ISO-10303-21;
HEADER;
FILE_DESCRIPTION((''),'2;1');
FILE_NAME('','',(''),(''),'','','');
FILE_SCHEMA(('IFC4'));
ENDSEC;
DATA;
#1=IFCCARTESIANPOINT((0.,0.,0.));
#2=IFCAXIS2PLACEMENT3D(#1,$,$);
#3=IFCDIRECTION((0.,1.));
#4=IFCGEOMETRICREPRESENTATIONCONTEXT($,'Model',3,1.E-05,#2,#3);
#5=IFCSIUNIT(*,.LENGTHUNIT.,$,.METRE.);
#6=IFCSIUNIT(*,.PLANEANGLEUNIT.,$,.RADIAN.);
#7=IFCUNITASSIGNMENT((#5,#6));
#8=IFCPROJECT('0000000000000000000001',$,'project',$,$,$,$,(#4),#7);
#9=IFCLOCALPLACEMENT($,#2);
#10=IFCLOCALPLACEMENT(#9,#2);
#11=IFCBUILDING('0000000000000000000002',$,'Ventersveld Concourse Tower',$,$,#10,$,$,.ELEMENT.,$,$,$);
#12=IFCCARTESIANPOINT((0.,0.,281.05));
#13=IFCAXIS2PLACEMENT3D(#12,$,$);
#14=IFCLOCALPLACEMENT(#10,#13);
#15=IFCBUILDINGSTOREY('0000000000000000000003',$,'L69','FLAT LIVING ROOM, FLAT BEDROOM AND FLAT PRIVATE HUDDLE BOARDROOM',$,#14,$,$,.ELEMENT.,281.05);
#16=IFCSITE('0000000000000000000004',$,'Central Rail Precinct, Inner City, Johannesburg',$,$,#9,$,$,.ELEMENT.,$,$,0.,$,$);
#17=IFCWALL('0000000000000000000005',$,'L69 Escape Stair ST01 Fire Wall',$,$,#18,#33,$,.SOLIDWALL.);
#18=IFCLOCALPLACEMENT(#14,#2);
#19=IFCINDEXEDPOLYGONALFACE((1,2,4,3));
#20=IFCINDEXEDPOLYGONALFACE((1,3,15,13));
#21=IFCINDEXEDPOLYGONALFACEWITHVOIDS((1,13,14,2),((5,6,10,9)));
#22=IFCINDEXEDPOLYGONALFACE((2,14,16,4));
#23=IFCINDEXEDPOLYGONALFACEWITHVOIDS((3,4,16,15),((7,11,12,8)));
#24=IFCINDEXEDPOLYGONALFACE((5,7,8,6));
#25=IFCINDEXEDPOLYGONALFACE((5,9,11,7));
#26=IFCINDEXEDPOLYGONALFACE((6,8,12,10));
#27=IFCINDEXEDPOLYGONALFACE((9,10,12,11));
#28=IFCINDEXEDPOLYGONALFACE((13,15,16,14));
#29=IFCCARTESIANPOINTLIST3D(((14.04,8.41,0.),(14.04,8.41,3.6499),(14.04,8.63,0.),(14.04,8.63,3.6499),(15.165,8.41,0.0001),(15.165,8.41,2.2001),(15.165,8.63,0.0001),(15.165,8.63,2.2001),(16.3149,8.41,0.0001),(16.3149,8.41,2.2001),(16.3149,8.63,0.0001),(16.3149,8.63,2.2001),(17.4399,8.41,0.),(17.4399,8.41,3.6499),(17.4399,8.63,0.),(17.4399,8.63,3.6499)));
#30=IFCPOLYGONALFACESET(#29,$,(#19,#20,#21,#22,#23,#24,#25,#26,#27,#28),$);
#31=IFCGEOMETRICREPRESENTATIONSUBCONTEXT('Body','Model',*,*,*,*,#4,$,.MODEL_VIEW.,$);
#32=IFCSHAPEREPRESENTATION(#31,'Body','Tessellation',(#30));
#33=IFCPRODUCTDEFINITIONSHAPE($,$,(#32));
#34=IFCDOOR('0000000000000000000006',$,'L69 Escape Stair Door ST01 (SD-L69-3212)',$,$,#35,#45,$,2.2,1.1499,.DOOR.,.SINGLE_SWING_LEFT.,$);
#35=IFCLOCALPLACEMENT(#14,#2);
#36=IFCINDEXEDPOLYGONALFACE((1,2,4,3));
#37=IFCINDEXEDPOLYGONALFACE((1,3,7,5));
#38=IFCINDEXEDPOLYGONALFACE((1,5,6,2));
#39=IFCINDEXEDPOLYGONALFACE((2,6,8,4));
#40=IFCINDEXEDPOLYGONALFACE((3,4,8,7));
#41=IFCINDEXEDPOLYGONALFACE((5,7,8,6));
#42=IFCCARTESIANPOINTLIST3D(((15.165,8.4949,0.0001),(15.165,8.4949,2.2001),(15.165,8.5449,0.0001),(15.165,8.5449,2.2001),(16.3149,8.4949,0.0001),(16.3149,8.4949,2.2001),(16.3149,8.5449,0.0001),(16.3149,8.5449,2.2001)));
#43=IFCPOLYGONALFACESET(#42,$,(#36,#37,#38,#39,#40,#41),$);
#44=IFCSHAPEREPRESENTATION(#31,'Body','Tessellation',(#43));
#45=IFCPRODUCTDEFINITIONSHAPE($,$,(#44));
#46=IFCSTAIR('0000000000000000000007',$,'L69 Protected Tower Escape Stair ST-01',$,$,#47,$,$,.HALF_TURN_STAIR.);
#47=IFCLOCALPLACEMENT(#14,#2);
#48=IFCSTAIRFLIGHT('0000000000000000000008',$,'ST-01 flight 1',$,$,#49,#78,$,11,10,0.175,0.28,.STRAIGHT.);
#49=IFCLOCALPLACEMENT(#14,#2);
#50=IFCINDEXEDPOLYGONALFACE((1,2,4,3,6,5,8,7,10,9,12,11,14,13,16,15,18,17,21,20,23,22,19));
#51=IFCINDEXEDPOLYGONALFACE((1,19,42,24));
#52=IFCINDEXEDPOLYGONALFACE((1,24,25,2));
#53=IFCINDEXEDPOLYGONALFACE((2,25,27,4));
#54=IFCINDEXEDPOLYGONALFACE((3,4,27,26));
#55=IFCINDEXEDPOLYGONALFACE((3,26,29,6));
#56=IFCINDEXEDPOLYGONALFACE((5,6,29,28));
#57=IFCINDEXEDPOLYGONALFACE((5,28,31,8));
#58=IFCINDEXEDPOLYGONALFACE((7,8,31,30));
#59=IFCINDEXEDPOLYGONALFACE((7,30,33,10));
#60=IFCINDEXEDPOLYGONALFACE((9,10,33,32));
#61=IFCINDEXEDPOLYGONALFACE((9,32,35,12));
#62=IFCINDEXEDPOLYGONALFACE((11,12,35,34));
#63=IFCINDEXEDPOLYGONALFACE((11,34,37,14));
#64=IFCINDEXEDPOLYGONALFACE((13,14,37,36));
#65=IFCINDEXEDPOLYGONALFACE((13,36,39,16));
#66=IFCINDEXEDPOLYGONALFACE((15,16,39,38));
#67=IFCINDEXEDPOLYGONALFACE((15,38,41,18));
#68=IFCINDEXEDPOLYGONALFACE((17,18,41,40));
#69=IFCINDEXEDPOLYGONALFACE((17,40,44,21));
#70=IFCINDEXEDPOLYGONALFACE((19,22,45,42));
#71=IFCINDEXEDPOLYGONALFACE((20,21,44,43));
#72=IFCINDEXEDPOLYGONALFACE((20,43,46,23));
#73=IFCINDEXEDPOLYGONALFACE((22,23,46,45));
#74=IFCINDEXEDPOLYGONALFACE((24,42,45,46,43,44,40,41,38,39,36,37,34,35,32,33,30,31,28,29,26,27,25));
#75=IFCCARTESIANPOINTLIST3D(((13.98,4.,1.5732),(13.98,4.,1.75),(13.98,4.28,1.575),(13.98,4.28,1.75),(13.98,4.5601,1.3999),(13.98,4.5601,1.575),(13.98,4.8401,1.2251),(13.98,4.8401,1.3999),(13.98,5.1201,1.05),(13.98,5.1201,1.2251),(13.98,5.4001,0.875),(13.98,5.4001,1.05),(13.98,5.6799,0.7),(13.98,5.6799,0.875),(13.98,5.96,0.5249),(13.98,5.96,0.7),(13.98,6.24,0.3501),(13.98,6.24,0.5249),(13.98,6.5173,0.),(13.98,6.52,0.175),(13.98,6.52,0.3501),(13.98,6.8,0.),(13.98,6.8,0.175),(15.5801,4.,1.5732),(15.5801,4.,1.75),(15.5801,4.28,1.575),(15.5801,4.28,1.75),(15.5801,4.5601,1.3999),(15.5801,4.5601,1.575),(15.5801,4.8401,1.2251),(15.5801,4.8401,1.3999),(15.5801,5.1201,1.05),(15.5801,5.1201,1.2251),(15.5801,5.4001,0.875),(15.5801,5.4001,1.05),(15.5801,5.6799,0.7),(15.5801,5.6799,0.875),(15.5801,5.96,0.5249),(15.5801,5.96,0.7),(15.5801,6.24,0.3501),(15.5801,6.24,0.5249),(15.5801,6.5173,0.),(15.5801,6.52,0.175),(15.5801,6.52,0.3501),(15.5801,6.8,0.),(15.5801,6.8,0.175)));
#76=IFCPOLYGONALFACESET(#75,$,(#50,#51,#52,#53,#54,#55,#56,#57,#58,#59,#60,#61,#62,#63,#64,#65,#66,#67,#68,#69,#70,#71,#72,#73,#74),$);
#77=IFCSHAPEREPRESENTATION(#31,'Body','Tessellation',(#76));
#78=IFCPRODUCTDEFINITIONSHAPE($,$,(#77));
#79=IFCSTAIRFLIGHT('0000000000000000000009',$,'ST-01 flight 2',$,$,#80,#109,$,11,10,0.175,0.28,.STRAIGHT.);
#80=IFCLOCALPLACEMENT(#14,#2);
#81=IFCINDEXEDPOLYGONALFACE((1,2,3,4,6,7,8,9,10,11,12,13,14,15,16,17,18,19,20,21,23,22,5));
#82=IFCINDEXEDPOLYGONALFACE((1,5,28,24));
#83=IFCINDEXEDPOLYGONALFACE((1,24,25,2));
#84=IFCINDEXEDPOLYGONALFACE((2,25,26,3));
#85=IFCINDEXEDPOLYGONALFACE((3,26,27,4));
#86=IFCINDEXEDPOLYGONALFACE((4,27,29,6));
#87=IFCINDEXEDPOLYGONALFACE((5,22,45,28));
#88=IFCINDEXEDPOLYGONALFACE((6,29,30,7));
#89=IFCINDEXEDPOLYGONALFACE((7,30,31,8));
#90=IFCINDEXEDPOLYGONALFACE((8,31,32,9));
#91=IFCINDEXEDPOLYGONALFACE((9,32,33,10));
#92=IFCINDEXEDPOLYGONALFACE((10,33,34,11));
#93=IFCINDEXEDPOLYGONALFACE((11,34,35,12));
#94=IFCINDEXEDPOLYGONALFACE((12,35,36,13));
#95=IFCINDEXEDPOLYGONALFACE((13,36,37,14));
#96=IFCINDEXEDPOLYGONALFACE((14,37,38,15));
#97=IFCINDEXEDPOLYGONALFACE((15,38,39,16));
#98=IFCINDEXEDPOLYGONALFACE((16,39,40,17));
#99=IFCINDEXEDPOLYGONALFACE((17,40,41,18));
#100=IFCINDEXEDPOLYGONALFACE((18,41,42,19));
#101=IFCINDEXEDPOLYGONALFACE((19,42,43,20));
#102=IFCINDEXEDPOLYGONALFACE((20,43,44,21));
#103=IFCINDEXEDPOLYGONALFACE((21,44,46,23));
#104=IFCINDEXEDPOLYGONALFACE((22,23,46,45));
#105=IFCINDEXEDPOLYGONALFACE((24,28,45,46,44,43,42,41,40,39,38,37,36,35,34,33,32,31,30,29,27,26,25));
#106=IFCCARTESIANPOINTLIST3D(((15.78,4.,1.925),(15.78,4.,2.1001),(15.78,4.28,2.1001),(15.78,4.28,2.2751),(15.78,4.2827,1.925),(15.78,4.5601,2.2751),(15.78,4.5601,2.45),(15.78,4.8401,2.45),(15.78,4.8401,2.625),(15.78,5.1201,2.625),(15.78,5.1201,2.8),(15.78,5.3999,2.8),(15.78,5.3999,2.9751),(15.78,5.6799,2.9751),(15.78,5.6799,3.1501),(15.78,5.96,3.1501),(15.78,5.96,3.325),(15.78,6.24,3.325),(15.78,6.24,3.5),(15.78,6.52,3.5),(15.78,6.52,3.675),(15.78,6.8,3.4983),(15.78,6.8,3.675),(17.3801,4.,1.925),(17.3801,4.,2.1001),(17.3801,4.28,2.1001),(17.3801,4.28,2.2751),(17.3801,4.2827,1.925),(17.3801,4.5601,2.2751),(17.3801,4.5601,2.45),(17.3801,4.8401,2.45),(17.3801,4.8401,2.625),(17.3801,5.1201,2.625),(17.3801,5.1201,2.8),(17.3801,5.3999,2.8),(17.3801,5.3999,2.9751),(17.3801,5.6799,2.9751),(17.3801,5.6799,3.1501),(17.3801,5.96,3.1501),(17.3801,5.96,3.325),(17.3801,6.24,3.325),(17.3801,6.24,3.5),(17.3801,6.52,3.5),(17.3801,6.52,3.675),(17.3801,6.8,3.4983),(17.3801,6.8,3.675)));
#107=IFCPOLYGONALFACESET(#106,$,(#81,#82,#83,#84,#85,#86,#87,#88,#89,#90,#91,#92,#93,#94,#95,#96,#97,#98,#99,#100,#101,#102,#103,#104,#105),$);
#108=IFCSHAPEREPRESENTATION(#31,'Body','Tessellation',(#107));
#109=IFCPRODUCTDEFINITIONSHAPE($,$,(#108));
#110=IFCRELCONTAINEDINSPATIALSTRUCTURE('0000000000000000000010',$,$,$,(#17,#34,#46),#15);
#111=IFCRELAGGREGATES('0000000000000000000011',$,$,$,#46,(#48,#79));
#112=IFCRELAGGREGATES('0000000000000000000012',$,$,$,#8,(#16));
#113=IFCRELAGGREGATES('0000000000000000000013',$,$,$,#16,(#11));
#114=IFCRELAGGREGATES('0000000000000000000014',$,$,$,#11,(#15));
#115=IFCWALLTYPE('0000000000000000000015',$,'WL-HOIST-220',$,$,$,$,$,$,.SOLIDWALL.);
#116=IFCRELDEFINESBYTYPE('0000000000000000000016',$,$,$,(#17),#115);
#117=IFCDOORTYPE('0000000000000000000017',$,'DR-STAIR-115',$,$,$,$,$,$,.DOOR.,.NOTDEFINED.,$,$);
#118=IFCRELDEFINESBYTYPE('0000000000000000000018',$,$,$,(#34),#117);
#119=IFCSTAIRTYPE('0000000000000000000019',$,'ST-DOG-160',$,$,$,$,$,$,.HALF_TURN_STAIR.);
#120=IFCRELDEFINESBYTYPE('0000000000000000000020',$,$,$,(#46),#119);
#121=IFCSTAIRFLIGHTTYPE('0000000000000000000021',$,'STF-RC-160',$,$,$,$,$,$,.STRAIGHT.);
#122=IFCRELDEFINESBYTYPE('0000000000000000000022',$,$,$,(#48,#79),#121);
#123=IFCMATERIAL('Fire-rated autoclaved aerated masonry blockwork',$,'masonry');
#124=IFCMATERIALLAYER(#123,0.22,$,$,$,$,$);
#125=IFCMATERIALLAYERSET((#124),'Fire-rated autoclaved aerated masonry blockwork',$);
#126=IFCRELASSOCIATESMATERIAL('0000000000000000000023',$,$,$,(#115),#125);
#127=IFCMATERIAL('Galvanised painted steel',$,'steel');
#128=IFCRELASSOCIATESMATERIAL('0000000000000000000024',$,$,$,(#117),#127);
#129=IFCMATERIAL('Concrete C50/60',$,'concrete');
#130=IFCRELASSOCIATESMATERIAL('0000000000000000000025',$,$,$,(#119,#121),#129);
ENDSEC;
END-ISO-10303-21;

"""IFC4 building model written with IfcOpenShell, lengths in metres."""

from ifc_helpers import new_model, si_unit, direction, frame, frame_2d, origin, place, context, subcontext, project, spatial, polyline, rectangle, outline, extrude, material, layer, layer_set, type_object, element, fill, aggregate, save


model = new_model("IFC4")

# Units and contexts
model_context = context("Model", 3, precision=1e-05, world=origin(), true_north=direction((0.0, 1.0)))
body_context = subcontext(model_context, "Body", "Model", "MODEL_VIEW")
ifc_project = project(units=[si_unit("LENGTHUNIT", "METRE"), si_unit("PLANEANGLEUNIT", "RADIAN")], contexts=[model_context])

# Site, building, storey
site_placement = place(None, origin())
site = spatial("IfcSite", under=ifc_project, at=site_placement, Name="Central Rail Precinct, Inner City, Johannesburg", CompositionType="ELEMENT", RefElevation=0.0)
building_placement = place(site_placement, origin())
building = spatial("IfcBuilding", under=site, at=building_placement, Name="Ventersveld Concourse Tower", CompositionType="ELEMENT")
storey_placement = place(building_placement, frame((0.0, 0.0, 281.05)))
storey = spatial("IfcBuildingStorey", under=building, at=storey_placement, Name="L69", Description="FLAT LIVING ROOM, FLAT BEDROOM AND FLAT PRIVATE HUDDLE BOARDROOM", CompositionType="ELEMENT", Elevation=281.05)

# Shared definitions
ifc_material_1 = material(Name="Concrete C50/60", Category="concrete")

# Shared definitions
ifc_material_2 = material(Name="Fire-rated autoclaved aerated masonry blockwork", Category="masonry")
ifc_layer_1 = layer(ifc_material_2, 0.22)
ifc_layer_set_1 = layer_set([ifc_layer_1], Name="Fire-rated autoclaved aerated masonry blockwork")
wall_type_1 = type_object("IfcWallType", Name="WL-HOIST-220", PredefinedType="SOLIDWALL", material=ifc_layer_set_1)

# Wall, opening, door
wall_1_placement = place(storey_placement, frame((14.04, 8.52, 0.0), z_axis=(0.0, 0.0, 1.0), x_axis=(1.0, 0.0, 0.0)))
wall_1 = element("IfcWall", 1, at=wall_1_placement, inside=storey, type_object=wall_type_1, Name="L69 Escape Stair ST01 Fire Wall", PredefinedType="SOLIDWALL", context=body_context, shape_type="SweptSolid", body=[
    extrude(rectangle(XDim=3.3999, YDim=0.22, at=frame_2d((1.7, 0.0))), origin(), (0.0, 0.0, 1.0), 3.6499),
])
opening_1_placement = place(wall_1_placement, frame((1.125, 0.0, 0.0)))
opening_1 = element("IfcOpeningElement", 2, at=opening_1_placement, cuts=wall_1, PredefinedType="OPENING", context=body_context, shape_type="SweptSolid", body=[
    extrude(rectangle(XDim=1.1499, YDim=2.2, at=frame_2d((0.575, 1.1001))), frame((0.0, 0.1201, 0.0), z_axis=(0.0, -1.0, 0.0), x_axis=(1.0, 0.0, 0.0)), (0.0, 0.0, 1.0), 0.24),
])
ifc_material_3 = material(Name="Galvanised painted steel", Category="steel")
door_type_1 = type_object("IfcDoorType", Name="DR-STAIR-115", OperationType="NOTDEFINED", PredefinedType="DOOR", material=ifc_material_3)
door_1_placement = place(opening_1_placement, origin())
door_1 = element("IfcDoor", 3, at=door_1_placement, inside=storey, type_object=door_type_1, Name="L69 Escape Stair Door ST01 (SD-L69-3212)", OperationType="SINGLE_SWING_LEFT", OverallHeight=2.2, OverallWidth=1.1499, PredefinedType="DOOR", context=body_context, shape_type="SweptSolid", body=[
    extrude(rectangle(XDim=1.1499, YDim=2.2, at=frame_2d((0.575, 1.1001))), frame((0.0, 0.0249, 0.0), z_axis=(0.0, -1.0, 0.0), x_axis=(1.0, 0.0, 0.0)), (0.0, 0.0, 1.0), 0.05),
])
fill(opening_1, door_1)

# Stair, stair flights
stair_type = type_object("IfcStairType", Name="ST-DOG-160", PredefinedType="HALF_TURN_STAIR", material=ifc_material_1)
stair_placement = place(storey_placement, origin())
stair = element("IfcStair", 4, at=stair_placement, inside=storey, type_object=stair_type, Name="L69 Protected Tower Escape Stair ST-01", PredefinedType="HALF_TURN_STAIR")
stair_flight_type = type_object("IfcStairFlightType", Name="STF-RC-160", PredefinedType="STRAIGHT", material=ifc_material_1)
stair_flight_1_placement = place(storey_placement, frame((14.78, 6.8, 0.0), z_axis=(0.0, 0.0, 1.0), x_axis=(0.0, -1.0, 0.0)))
stair_flight_1 = element("IfcStairFlight", 5, at=stair_flight_1_placement, type_object=stair_flight_type, Name="ST-01 flight 1", NumberOfRisers=11, NumberOfTreads=10, PredefinedType="STRAIGHT", RiserHeight=0.175, TreadLength=0.28, context=body_context, shape_type="SweptSolid", body=[
    extrude(outline(polyline([(0.0, 0.0), (0.0, 0.175), (0.28, 0.175), (0.28, 0.3501), (0.5601, 0.3501), (0.5601, 0.5249), (0.8401, 0.5249), (0.8401, 0.7), (1.1201, 0.7), (1.1201, 0.875), (1.3999, 0.875), (1.3999, 1.05), (1.6799, 1.05), (1.6799, 1.2251), (1.96, 1.2251), (1.96, 1.3999), (2.24, 1.3999), (2.24, 1.575), (2.52, 1.575), (2.52, 1.75), (2.8, 1.75), (2.8, 1.925), (2.8, 1.5732), (0.2827, 0.0), (0.0, 0.0)])), frame((0.0, 0.8, 0.0), z_axis=(0.0, -1.0, 0.0), x_axis=(1.0, 0.0, 0.0)), (0.0, 0.0, 1.0), 1.6001),
])
stair_flight_2_placement = place(storey_placement, frame((16.5801, 4.0, 1.925), z_axis=(0.0, 0.0, 1.0), x_axis=(0.0, 1.0, 0.0)))
stair_flight_2 = element("IfcStairFlight", 6, at=stair_flight_2_placement, type_object=stair_flight_type, Name="ST-01 flight 2", NumberOfRisers=11, NumberOfTreads=10, PredefinedType="STRAIGHT", RiserHeight=0.175, TreadLength=0.28, context=body_context, shape_type="SweptSolid", body=[
    extrude(outline(polyline([(0.0, 0.0), (0.0, 0.175), (0.28, 0.175), (0.28, 0.3501), (0.5601, 0.3501), (0.5601, 0.5249), (0.8401, 0.5249), (0.8401, 0.7), (1.1201, 0.7), (1.1201, 0.875), (1.3999, 0.875), (1.3999, 1.05), (1.6799, 1.05), (1.6799, 1.2251), (1.96, 1.2251), (1.96, 1.3999), (2.24, 1.3999), (2.24, 1.575), (2.52, 1.575), (2.52, 1.75), (2.8, 1.75), (2.8, 1.925), (2.8, 1.5732), (0.2827, 0.0), (0.0, 0.0)])), frame((0.0, 0.8, 0.0), z_axis=(0.0, -1.0, 0.0), x_axis=(1.0, 0.0, 0.0)), (0.0, 0.0, 1.0), 1.6001),
])
aggregate(stair, [stair_flight_1, stair_flight_2])

save(model, "model.ifc")
